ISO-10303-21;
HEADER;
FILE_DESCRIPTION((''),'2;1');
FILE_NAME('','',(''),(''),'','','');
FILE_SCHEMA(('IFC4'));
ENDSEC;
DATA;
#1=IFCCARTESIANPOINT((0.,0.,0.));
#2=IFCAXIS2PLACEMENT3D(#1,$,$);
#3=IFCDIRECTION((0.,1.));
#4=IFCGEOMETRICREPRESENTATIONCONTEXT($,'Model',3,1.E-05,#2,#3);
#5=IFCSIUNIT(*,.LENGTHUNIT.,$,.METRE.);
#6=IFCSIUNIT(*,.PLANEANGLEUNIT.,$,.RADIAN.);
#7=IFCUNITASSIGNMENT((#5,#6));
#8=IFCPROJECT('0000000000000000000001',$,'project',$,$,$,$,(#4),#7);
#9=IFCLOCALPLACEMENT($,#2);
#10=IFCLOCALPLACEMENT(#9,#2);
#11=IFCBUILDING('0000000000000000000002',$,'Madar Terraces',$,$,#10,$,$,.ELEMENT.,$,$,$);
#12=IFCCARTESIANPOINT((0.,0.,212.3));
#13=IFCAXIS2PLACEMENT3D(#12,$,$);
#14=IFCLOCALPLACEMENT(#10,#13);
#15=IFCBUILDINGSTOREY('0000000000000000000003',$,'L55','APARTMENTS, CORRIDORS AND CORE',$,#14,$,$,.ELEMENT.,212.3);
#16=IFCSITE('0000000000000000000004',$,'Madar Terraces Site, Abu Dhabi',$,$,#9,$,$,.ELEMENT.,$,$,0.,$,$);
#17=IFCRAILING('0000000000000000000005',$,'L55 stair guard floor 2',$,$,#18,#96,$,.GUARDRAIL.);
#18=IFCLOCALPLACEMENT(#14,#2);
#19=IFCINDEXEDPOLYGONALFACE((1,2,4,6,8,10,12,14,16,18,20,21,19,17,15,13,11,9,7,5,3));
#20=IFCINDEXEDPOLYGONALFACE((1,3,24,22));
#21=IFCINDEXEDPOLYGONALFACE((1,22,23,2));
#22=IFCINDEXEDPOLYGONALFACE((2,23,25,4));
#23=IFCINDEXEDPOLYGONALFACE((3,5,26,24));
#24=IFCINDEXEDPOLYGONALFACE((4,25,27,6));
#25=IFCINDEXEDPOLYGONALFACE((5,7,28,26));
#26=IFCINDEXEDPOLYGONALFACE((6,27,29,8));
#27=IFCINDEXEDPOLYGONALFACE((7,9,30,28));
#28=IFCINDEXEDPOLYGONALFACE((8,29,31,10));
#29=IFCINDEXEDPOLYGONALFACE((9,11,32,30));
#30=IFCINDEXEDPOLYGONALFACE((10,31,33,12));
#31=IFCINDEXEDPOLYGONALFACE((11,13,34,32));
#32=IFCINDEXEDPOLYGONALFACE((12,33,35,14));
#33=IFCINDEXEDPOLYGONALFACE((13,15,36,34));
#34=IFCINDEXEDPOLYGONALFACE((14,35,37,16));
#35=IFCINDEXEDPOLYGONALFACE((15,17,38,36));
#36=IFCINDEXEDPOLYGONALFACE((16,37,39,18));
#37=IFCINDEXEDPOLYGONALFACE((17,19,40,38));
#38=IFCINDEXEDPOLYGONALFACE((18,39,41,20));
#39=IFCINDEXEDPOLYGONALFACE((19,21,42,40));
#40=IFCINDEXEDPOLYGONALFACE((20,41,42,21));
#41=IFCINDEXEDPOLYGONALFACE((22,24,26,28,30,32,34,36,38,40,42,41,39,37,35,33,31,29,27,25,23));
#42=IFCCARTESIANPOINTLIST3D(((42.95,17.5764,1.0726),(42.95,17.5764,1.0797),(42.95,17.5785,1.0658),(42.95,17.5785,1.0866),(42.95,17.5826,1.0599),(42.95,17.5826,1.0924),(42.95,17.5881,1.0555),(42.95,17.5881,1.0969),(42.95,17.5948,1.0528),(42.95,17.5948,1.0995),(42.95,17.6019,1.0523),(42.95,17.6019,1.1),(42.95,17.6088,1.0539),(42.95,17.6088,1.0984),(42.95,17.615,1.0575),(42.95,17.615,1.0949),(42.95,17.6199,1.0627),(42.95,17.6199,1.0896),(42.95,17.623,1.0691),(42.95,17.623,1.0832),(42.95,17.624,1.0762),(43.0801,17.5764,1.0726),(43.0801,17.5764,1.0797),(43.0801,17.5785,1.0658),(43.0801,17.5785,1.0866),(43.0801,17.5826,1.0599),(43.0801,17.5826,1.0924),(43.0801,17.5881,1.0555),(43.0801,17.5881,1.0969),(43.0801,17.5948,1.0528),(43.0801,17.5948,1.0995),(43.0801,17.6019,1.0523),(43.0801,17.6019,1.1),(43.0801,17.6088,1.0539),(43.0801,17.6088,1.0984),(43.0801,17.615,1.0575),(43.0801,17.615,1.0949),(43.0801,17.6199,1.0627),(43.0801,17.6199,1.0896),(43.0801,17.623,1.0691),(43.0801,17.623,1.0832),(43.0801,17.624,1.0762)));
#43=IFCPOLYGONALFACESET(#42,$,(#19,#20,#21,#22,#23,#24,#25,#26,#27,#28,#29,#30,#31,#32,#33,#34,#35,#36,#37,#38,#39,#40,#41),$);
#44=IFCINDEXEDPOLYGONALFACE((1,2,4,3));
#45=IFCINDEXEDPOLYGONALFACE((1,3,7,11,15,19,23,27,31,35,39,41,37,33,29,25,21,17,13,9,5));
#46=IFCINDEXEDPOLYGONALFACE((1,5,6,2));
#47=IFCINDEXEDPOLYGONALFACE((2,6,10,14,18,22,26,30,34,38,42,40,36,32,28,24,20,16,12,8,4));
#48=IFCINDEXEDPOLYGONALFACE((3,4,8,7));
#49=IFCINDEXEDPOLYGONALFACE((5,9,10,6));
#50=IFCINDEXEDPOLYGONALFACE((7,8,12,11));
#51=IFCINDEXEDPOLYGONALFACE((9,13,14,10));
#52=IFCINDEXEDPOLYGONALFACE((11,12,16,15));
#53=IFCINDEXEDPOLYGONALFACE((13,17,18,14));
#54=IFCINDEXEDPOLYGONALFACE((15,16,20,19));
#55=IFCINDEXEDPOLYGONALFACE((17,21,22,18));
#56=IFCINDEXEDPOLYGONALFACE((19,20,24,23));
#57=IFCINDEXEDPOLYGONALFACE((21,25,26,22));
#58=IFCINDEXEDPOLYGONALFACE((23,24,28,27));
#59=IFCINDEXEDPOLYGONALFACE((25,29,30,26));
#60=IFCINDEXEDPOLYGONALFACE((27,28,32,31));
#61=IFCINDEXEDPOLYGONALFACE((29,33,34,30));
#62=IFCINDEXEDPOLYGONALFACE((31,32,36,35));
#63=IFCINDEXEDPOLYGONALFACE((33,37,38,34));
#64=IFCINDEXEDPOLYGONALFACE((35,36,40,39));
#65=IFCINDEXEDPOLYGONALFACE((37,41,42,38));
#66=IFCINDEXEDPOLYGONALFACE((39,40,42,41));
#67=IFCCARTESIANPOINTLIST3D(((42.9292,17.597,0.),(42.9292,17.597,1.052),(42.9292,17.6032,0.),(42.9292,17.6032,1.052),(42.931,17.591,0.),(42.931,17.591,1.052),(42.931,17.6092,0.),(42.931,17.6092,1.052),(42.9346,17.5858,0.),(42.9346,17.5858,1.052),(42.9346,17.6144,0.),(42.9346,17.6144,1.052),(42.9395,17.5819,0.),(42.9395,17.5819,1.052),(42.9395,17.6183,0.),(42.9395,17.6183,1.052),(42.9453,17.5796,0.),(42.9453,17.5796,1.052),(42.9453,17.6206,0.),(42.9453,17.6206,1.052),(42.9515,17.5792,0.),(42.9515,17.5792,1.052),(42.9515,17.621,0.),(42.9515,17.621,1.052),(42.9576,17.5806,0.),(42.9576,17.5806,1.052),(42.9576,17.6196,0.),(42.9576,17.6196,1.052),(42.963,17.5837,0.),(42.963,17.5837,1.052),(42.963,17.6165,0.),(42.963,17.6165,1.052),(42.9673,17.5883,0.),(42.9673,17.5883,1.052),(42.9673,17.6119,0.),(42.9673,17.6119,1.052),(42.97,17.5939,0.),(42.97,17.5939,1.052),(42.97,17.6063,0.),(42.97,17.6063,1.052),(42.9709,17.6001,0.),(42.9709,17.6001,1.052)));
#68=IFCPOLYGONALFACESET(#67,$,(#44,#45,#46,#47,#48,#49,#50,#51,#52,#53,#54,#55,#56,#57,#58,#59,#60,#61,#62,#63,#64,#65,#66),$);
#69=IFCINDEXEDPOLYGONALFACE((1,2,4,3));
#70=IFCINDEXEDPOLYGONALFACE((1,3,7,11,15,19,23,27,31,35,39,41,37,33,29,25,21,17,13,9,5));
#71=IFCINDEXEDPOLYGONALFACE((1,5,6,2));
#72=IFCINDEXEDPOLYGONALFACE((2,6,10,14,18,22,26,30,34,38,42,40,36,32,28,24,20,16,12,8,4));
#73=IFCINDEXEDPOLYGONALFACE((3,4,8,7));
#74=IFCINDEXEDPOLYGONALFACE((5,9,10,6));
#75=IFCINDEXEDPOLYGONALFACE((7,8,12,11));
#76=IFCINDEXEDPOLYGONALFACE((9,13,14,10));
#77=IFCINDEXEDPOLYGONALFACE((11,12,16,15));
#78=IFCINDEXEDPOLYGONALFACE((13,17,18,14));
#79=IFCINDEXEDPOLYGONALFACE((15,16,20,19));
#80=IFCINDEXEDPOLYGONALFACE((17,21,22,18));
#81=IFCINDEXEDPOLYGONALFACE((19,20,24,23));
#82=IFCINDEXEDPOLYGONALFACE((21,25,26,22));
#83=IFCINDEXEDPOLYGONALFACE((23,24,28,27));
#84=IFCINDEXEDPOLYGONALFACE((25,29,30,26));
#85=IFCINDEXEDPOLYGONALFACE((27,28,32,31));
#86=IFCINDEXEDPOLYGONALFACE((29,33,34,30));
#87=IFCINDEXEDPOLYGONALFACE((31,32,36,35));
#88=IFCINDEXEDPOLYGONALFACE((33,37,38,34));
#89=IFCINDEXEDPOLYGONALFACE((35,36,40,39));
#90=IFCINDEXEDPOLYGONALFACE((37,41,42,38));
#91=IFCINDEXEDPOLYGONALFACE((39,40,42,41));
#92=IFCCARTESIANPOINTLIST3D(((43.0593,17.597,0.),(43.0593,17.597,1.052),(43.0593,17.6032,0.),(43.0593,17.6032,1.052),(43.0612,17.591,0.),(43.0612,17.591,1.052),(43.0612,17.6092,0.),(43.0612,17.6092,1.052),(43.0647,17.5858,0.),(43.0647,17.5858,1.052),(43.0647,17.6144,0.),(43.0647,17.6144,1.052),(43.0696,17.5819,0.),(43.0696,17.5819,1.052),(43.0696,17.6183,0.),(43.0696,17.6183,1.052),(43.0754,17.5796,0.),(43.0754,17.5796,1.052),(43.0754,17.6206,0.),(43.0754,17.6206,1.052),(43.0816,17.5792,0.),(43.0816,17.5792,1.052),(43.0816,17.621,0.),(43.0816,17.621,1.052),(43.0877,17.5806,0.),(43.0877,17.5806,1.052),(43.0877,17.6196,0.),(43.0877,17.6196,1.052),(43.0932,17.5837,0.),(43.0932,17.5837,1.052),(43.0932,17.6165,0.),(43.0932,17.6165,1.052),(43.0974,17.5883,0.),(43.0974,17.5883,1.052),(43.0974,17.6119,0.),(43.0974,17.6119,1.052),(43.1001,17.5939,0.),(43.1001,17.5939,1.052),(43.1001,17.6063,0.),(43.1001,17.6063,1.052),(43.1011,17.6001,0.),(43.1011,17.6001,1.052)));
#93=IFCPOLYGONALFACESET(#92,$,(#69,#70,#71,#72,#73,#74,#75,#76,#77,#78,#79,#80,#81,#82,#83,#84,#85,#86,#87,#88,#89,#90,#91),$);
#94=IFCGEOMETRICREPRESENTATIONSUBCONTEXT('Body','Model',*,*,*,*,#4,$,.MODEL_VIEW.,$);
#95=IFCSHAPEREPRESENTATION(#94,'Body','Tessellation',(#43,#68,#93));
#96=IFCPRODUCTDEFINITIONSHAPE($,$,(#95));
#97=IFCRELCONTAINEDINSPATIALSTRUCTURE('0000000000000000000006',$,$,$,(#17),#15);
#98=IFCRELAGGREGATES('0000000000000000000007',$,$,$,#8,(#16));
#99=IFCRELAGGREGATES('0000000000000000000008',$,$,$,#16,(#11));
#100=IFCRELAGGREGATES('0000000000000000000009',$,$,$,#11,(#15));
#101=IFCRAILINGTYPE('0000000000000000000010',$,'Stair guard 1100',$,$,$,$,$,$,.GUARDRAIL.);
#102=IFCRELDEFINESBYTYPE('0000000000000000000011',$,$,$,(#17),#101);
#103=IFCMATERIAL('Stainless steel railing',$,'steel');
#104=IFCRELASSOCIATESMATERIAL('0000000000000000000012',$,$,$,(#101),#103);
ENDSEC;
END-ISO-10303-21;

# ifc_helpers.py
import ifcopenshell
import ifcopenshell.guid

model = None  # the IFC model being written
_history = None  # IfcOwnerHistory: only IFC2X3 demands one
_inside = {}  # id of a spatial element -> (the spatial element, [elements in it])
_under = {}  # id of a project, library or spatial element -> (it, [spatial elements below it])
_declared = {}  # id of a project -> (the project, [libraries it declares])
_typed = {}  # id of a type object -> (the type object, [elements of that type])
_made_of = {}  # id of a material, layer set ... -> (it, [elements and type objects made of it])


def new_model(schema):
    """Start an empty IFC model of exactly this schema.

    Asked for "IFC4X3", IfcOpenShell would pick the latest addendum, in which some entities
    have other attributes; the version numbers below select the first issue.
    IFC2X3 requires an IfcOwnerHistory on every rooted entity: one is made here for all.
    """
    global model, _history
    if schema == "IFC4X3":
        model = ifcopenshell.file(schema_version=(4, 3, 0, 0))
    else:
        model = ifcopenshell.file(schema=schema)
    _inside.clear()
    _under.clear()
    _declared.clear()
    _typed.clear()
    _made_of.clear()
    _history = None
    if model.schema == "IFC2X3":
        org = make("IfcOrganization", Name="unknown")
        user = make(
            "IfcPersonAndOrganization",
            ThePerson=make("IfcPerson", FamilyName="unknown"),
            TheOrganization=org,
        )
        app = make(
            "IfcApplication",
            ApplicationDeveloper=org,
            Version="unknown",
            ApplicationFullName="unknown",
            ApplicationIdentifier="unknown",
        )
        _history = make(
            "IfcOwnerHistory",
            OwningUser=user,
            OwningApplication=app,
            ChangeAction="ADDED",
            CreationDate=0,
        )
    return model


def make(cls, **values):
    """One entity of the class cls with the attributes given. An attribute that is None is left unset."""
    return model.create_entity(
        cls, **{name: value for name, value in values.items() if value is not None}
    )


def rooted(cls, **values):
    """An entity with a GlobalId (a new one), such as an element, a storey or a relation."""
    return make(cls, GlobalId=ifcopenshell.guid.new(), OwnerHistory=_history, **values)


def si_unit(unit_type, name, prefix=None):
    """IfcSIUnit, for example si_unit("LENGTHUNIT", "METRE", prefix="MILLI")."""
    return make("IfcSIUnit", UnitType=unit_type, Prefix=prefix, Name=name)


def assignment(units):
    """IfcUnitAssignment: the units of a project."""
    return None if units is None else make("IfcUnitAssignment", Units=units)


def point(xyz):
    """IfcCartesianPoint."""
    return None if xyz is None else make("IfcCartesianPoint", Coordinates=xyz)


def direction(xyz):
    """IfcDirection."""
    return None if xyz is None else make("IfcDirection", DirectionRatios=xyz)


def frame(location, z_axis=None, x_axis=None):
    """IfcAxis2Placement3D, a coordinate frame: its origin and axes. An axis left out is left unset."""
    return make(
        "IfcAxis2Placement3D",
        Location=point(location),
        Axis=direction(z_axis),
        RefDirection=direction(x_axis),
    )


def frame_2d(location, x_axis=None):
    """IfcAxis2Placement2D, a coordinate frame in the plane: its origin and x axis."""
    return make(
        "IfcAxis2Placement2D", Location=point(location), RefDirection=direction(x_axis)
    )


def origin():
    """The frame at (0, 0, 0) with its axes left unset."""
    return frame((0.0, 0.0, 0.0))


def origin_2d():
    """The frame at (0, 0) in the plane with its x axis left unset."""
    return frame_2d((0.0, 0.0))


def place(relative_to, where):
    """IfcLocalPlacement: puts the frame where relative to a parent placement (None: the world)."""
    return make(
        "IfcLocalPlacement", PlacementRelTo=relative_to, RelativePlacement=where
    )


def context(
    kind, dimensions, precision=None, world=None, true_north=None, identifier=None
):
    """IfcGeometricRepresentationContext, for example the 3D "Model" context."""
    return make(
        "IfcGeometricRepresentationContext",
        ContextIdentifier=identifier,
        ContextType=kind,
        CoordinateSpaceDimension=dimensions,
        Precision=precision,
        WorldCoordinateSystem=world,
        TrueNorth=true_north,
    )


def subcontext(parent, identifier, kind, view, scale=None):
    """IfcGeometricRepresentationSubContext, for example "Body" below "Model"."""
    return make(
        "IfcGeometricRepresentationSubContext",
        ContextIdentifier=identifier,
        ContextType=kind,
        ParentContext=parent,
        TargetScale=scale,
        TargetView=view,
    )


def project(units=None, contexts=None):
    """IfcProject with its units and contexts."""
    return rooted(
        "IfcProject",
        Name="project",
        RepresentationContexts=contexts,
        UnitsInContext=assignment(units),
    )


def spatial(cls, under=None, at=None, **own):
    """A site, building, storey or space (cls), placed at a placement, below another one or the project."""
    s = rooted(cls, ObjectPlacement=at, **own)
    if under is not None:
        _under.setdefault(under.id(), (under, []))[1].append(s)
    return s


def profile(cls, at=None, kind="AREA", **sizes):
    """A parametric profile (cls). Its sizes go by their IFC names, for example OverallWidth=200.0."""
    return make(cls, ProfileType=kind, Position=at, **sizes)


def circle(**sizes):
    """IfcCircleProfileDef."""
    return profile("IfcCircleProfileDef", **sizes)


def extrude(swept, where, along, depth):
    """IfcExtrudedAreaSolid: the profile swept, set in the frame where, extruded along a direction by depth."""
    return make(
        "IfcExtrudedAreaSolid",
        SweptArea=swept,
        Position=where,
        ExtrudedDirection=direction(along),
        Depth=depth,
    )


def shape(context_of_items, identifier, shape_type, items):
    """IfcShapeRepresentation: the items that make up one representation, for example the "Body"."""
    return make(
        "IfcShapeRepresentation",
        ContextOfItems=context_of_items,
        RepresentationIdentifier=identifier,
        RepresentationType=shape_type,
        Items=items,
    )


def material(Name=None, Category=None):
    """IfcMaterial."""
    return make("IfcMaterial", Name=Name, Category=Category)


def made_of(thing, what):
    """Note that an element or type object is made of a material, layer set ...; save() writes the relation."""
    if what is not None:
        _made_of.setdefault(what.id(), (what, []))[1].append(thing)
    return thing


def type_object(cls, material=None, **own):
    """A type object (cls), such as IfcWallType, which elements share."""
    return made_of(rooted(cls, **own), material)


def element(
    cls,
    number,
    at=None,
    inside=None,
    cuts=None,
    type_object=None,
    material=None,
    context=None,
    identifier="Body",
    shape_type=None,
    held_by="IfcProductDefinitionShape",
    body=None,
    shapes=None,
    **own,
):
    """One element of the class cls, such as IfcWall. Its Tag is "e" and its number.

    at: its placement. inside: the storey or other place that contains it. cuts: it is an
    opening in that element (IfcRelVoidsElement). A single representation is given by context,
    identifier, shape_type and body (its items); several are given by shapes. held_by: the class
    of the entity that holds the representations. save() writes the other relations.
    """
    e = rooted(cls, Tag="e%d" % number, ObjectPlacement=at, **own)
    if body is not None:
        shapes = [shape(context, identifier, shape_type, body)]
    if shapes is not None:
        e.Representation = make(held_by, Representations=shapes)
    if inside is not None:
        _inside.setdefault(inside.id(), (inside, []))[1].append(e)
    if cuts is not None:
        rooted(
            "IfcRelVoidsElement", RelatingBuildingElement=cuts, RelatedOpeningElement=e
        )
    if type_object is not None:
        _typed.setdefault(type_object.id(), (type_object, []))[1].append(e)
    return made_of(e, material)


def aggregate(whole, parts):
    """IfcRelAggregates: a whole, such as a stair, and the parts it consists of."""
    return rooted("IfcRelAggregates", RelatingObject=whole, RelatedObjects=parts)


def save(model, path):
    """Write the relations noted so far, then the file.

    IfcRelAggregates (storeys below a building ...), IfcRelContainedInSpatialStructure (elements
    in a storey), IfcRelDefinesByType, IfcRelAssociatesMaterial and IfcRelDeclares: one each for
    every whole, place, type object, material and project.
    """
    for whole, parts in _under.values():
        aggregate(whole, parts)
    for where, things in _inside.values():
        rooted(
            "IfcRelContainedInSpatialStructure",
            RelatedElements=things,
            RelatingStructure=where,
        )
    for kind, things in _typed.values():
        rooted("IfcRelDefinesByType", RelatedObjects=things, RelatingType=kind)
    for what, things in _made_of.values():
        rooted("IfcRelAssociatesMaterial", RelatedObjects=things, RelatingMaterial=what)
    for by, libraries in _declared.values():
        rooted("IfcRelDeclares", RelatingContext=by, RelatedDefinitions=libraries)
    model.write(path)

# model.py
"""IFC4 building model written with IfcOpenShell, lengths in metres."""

from ifc_helpers import new_model, si_unit, direction, frame, origin, origin_2d, place, context, subcontext, project, spatial, circle, extrude, material, type_object, element, save


model = new_model("IFC4")

# Units and contexts
model_context = context("Model", 3, precision=1e-05, world=origin(), true_north=direction((0.0, 1.0)))
body_context = subcontext(model_context, "Body", "Model", "MODEL_VIEW")
ifc_project = project(units=[si_unit("LENGTHUNIT", "METRE"), si_unit("PLANEANGLEUNIT", "RADIAN")], contexts=[model_context])

# Site, building, storey
site_placement = place(None, origin())
site = spatial("IfcSite", under=ifc_project, at=site_placement, Name="Madar Terraces Site, Abu Dhabi", CompositionType="ELEMENT", RefElevation=0.0)
building_placement = place(site_placement, origin())
building = spatial("IfcBuilding", under=site, at=building_placement, Name="Madar Terraces", CompositionType="ELEMENT")
storey_placement = place(building_placement, frame((0.0, 0.0, 212.3)))
storey = spatial("IfcBuildingStorey", under=building, at=storey_placement, Name="L55", Description="APARTMENTS, CORRIDORS AND CORE", CompositionType="ELEMENT", Elevation=212.3)

# Railing
ifc_material_1 = material(Name="Stainless steel railing", Category="steel")
railing_type_1 = type_object("IfcRailingType", Name="Stair guard 1100", PredefinedType="GUARDRAIL", material=ifc_material_1)
railing_1_placement = place(storey_placement, frame((42.95, 17.6001, 0.0)))
element("IfcRailing", 1, at=railing_1_placement, inside=storey, type_object=railing_type_1, Name="L55 stair guard floor 2", PredefinedType="GUARDRAIL", context=body_context, shape_type="SweptSolid", body=[
    extrude(circle(Radius=0.0239, at=origin_2d()), frame((0.0, 0.0, 1.0762), z_axis=(1.0, 0.0, 0.0), x_axis=(0.0, 1.0, 0.0)), (0.0, 0.0, 1.0), 0.1301),
    extrude(circle(Radius=0.021, at=origin_2d()), origin(), (0.0, 0.0, 1.0), 1.052),
    extrude(circle(Radius=0.021, at=origin_2d()), frame((0.1301, 0.0, 0.0)), (0.0, 0.0, 1.0), 1.052),
])

save(model, "model.ifc")
